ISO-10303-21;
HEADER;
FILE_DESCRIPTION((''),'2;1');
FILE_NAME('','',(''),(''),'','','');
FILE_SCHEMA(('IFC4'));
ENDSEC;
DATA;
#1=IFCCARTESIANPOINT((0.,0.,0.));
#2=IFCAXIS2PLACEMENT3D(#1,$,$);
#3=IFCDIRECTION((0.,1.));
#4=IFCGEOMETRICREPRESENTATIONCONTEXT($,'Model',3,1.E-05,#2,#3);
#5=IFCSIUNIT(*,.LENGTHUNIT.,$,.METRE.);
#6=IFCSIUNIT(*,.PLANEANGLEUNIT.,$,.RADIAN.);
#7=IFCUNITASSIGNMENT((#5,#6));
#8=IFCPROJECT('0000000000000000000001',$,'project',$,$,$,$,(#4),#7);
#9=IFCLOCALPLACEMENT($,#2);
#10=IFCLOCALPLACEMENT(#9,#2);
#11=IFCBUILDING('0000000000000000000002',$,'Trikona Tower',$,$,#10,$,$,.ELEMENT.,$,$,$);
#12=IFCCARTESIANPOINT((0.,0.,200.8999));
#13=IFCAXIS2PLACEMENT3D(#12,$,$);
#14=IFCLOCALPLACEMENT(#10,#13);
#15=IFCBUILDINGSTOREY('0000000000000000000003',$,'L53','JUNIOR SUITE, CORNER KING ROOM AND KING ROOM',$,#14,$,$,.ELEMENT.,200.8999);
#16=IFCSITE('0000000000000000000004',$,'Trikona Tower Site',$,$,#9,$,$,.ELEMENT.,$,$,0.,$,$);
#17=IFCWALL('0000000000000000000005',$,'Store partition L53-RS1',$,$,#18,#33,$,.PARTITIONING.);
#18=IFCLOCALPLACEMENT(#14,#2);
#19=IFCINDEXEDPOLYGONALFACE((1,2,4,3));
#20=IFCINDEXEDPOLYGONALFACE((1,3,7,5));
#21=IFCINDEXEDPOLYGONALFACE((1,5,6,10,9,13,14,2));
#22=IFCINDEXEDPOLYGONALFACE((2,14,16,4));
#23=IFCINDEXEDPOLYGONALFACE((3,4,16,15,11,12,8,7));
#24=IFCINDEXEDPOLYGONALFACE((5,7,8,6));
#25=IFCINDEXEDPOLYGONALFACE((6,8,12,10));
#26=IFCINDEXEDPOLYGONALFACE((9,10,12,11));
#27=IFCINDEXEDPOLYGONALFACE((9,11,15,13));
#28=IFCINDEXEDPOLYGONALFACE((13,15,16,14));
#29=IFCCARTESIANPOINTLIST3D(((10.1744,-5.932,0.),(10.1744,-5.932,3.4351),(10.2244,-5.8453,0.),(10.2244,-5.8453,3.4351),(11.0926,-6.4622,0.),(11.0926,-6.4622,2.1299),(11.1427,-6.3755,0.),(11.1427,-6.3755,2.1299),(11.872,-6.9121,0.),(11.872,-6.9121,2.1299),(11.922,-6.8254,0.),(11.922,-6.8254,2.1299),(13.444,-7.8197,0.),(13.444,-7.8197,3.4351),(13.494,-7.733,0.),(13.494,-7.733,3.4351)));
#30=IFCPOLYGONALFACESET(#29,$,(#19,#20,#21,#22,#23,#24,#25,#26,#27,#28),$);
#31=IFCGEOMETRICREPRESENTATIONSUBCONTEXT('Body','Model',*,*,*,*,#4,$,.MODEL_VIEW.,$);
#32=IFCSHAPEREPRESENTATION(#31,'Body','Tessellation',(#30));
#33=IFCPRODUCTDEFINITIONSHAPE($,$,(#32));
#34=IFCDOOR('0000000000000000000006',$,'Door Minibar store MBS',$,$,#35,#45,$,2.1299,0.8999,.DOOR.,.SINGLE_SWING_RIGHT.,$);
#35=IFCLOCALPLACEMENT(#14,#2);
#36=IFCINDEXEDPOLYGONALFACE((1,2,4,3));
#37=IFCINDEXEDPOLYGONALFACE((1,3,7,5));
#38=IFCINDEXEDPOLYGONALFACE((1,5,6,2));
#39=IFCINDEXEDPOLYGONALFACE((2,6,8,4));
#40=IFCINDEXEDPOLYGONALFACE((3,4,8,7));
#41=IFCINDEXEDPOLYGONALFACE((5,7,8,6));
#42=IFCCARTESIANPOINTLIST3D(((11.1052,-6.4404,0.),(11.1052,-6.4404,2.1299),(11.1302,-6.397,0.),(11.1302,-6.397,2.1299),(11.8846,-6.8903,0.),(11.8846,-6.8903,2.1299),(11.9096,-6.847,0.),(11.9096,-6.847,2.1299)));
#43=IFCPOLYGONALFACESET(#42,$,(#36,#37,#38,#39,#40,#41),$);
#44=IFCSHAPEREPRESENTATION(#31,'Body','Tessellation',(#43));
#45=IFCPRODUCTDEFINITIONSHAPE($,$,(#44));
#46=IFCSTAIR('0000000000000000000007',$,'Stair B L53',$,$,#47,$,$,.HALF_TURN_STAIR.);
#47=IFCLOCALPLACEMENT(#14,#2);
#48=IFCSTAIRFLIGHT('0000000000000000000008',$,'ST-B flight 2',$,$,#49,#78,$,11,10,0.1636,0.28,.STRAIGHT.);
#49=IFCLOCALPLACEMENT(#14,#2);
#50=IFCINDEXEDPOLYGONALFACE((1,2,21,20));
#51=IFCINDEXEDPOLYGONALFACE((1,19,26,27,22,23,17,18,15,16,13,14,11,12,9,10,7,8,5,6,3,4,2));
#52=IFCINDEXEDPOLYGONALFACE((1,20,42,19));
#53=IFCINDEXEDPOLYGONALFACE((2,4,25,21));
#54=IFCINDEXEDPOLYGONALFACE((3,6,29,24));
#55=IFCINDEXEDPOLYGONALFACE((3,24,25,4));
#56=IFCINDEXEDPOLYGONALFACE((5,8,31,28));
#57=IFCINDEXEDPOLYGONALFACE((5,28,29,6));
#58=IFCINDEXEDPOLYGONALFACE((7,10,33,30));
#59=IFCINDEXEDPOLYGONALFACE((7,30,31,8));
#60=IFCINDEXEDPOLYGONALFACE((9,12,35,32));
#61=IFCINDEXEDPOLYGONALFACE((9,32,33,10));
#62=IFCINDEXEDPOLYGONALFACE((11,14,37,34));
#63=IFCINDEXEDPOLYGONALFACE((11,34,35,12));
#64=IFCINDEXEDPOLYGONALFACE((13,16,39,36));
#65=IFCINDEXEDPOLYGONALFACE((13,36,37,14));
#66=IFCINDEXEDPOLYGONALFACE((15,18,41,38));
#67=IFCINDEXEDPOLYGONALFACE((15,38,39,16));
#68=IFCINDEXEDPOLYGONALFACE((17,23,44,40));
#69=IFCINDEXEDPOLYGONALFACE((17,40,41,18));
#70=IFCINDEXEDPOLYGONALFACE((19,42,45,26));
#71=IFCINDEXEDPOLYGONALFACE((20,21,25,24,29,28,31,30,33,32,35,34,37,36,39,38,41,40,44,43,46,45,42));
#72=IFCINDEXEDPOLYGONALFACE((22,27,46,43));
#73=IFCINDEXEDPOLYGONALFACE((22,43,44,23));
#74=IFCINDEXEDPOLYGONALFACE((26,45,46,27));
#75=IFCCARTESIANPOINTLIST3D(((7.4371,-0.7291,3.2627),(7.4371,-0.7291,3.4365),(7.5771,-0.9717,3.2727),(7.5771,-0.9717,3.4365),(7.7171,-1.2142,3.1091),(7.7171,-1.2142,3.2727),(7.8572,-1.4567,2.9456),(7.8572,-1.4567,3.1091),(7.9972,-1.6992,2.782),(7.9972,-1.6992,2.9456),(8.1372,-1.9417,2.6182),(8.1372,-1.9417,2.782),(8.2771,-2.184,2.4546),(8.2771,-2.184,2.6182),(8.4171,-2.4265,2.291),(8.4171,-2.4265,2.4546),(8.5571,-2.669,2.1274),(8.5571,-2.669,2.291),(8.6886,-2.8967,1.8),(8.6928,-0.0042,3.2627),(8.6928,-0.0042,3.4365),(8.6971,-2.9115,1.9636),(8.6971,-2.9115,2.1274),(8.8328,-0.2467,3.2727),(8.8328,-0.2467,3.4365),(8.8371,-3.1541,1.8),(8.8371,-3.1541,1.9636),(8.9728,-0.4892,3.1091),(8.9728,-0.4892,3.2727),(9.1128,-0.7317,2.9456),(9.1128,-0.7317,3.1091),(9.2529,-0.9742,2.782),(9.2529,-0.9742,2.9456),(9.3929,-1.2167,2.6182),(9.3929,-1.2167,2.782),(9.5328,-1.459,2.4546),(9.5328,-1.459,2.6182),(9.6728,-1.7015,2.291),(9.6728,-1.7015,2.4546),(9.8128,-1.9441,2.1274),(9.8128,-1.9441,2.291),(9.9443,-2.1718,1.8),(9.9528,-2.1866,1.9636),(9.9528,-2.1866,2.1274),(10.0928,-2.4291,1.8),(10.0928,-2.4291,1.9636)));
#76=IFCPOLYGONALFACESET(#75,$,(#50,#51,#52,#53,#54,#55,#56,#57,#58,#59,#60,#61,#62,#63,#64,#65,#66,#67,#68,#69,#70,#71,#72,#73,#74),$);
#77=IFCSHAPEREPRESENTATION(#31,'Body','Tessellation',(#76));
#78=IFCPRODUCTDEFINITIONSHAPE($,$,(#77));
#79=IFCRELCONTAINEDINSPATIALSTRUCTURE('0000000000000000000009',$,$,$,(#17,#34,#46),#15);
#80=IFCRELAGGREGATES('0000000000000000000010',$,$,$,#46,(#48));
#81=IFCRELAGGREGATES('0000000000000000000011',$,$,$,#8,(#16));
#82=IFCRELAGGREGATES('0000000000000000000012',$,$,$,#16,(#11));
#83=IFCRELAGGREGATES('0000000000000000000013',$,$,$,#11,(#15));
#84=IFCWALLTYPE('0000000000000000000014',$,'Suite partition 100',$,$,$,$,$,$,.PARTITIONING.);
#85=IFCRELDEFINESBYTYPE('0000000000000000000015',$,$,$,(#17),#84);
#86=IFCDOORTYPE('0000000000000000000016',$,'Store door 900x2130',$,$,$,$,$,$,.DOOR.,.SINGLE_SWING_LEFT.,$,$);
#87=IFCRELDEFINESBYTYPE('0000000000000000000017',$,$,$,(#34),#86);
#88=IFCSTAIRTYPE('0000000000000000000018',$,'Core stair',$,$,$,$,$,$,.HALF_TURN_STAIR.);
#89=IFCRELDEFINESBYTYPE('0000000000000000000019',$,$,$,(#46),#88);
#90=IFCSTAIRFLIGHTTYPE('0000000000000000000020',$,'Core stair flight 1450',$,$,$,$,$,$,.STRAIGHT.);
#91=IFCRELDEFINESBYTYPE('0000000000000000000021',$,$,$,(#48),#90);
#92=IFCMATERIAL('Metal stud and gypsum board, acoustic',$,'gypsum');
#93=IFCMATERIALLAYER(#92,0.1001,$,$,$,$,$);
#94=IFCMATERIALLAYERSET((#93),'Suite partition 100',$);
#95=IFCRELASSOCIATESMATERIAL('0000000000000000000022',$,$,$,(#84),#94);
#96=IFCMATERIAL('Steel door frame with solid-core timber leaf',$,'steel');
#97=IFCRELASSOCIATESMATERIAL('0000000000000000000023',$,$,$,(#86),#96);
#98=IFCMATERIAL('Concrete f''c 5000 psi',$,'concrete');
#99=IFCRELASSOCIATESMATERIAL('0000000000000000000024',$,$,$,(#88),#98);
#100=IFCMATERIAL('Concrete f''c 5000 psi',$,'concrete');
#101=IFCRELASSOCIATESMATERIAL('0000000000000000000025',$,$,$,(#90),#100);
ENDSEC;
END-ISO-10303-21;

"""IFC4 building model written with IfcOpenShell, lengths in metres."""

from ifc_helpers import new_model, si_unit, direction, frame, frame_2d, origin, place, context, subcontext, project, spatial, polyline, rectangle, outline, extrude, material, layer, layer_set, type_object, element, fill, aggregate, save


model = new_model("IFC4")

# Units and contexts
model_context = context("Model", 3, precision=1e-05, world=origin(), true_north=direction((0.0, 1.0)))
body_context = subcontext(model_context, "Body", "Model", "MODEL_VIEW")
ifc_project = project(units=[si_unit("LENGTHUNIT", "METRE"), si_unit("PLANEANGLEUNIT", "RADIAN")], contexts=[model_context])

# Site, building, storey
site_placement = place(None, origin())
site = spatial("IfcSite", under=ifc_project, at=site_placement, Name="Trikona Tower Site", CompositionType="ELEMENT", RefElevation=0.0)
building_placement = place(site_placement, origin())
building = spatial("IfcBuilding", under=site, at=building_placement, Name="Trikona Tower", CompositionType="ELEMENT")
storey_placement = place(building_placement, frame((0.0, 0.0, 200.8999)))
storey = spatial("IfcBuildingStorey", under=building, at=storey_placement, Name="L53", Description="JUNIOR SUITE, CORNER KING ROOM AND KING ROOM", CompositionType="ELEMENT", Elevation=200.8999)

# Wall, opening, door
ifc_material_1 = material(Name="Metal stud and gypsum board, acoustic", Category="gypsum")
ifc_layer_1 = layer(ifc_material_1, 0.1001)
ifc_layer_set_1 = layer_set([ifc_layer_1], Name="Suite partition 100")
wall_type_1 = type_object("IfcWallType", Name="Suite partition 100", PredefinedType="PARTITIONING", material=ifc_layer_set_1)
wall_1_placement = place(storey_placement, frame((13.469, -7.7764, 0.0), z_axis=(0.0, 0.0, 1.0), x_axis=(-0.866022, 0.500006, 0.0)))
wall_1 = element("IfcWall", 1, at=wall_1_placement, inside=storey, type_object=wall_type_1, Name="Store partition L53-RS1", PredefinedType="PARTITIONING", context=body_context, shape_type="SweptSolid", body=[
    extrude(rectangle(XDim=3.7754, YDim=0.1001, at=frame_2d((1.8877, 0.0))), origin(), (0.0, 0.0, 1.0), 3.4351),
])
opening_1_placement = place(wall_1_placement, frame((1.8152, 0.0, 0.0)))
opening_1 = element("IfcOpeningElement", 2, at=opening_1_placement, cuts=wall_1, PredefinedType="OPENING", context=body_context, shape_type="SweptSolid", body=[
    extrude(rectangle(XDim=0.8999, YDim=2.1299, at=frame_2d((0.45, 1.0649))), frame((0.0, 0.0601, 0.0), z_axis=(0.0, -1.0, 0.0), x_axis=(1.0, 0.0, 0.0)), (0.0, 0.0, 1.0), 0.1201),
])
ifc_material_2 = material(Name="Steel door frame with solid-core timber leaf", Category="steel")
door_type_1 = type_object("IfcDoorType", Name="Store door 900x2130", OperationType="SINGLE_SWING_LEFT", PredefinedType="DOOR", material=ifc_material_2)
door_1_placement = place(opening_1_placement, origin())
door_1 = element("IfcDoor", 3, at=door_1_placement, inside=storey, type_object=door_type_1, Name="Door Minibar store MBS", OperationType="SINGLE_SWING_RIGHT", OverallHeight=2.1299, OverallWidth=0.8999, PredefinedType="DOOR", context=body_context, shape_type="SweptSolid", body=[
    extrude(rectangle(XDim=0.8999, YDim=2.1299, at=frame_2d((0.45, 1.0649))), frame((0.0, 0.0249, 0.0), z_axis=(0.0, -1.0, 0.0), x_axis=(1.0, 0.0, 0.0)), (0.0, 0.0, 1.0), 0.05),
])
fill(opening_1, door_1)

# Stair, stair flight
ifc_material_3 = material(Name="Concrete f'c 5000 psi", Category="concrete")
stair_type = type_object("IfcStairType", Name="Core stair", PredefinedType="HALF_TURN_STAIR", material=ifc_material_3)
stair_placement = place(storey_placement, origin())
stair = element("IfcStair", 4, at=stair_placement, inside=storey, type_object=stair_type, Name="Stair B L53", PredefinedType="HALF_TURN_STAIR")
ifc_material_4 = material(Name="Concrete f'c 5000 psi", Category="concrete")
stair_flight_type = type_object("IfcStairFlightType", Name="Core stair flight 1450", PredefinedType="STRAIGHT", material=ifc_material_4)
stair_flight_placement = place(storey_placement, frame((9.4651, -2.7915, 1.8), z_axis=(0.0, 0.0, 1.0), x_axis=(-0.5, 0.866025, 0.0)))
stair_flight = element("IfcStairFlight", 5, at=stair_flight_placement, type_object=stair_flight_type, Name="ST-B flight 2", NumberOfRisers=11, NumberOfTreads=10, PredefinedType="STRAIGHT", RiserHeight=0.1636, TreadLength=0.28, context=body_context, shape_type="SweptSolid", body=[
    extrude(outline(polyline([(0.0, 0.0), (0.0, 0.1636), (0.28, 0.1636), (0.28, 0.3274), (0.5601, 0.3274), (0.5601, 0.491), (0.8401, 0.491), (0.8401, 0.6545), (1.1201, 0.6545), (1.1201, 0.8181), (1.3999, 0.8181), (1.3999, 0.9819), (1.6799, 0.9819), (1.6799, 1.1455), (1.96, 1.1455), (1.96, 1.3091), (2.24, 1.3091), (2.24, 1.4727), (2.52, 1.4727), (2.52, 1.6365), (2.8, 1.6365), (2.8, 1.8), (2.8, 1.4626), (0.2971, 0.0), (0.0, 0.0)])), frame((0.0, 0.7251, 0.0), z_axis=(0.0, -1.0, 0.0), x_axis=(1.0, 0.0, 0.0)), (0.0, 0.0, 1.0), 1.45),
])
aggregate(stair, [stair_flight])

save(model, "model.ifc")
